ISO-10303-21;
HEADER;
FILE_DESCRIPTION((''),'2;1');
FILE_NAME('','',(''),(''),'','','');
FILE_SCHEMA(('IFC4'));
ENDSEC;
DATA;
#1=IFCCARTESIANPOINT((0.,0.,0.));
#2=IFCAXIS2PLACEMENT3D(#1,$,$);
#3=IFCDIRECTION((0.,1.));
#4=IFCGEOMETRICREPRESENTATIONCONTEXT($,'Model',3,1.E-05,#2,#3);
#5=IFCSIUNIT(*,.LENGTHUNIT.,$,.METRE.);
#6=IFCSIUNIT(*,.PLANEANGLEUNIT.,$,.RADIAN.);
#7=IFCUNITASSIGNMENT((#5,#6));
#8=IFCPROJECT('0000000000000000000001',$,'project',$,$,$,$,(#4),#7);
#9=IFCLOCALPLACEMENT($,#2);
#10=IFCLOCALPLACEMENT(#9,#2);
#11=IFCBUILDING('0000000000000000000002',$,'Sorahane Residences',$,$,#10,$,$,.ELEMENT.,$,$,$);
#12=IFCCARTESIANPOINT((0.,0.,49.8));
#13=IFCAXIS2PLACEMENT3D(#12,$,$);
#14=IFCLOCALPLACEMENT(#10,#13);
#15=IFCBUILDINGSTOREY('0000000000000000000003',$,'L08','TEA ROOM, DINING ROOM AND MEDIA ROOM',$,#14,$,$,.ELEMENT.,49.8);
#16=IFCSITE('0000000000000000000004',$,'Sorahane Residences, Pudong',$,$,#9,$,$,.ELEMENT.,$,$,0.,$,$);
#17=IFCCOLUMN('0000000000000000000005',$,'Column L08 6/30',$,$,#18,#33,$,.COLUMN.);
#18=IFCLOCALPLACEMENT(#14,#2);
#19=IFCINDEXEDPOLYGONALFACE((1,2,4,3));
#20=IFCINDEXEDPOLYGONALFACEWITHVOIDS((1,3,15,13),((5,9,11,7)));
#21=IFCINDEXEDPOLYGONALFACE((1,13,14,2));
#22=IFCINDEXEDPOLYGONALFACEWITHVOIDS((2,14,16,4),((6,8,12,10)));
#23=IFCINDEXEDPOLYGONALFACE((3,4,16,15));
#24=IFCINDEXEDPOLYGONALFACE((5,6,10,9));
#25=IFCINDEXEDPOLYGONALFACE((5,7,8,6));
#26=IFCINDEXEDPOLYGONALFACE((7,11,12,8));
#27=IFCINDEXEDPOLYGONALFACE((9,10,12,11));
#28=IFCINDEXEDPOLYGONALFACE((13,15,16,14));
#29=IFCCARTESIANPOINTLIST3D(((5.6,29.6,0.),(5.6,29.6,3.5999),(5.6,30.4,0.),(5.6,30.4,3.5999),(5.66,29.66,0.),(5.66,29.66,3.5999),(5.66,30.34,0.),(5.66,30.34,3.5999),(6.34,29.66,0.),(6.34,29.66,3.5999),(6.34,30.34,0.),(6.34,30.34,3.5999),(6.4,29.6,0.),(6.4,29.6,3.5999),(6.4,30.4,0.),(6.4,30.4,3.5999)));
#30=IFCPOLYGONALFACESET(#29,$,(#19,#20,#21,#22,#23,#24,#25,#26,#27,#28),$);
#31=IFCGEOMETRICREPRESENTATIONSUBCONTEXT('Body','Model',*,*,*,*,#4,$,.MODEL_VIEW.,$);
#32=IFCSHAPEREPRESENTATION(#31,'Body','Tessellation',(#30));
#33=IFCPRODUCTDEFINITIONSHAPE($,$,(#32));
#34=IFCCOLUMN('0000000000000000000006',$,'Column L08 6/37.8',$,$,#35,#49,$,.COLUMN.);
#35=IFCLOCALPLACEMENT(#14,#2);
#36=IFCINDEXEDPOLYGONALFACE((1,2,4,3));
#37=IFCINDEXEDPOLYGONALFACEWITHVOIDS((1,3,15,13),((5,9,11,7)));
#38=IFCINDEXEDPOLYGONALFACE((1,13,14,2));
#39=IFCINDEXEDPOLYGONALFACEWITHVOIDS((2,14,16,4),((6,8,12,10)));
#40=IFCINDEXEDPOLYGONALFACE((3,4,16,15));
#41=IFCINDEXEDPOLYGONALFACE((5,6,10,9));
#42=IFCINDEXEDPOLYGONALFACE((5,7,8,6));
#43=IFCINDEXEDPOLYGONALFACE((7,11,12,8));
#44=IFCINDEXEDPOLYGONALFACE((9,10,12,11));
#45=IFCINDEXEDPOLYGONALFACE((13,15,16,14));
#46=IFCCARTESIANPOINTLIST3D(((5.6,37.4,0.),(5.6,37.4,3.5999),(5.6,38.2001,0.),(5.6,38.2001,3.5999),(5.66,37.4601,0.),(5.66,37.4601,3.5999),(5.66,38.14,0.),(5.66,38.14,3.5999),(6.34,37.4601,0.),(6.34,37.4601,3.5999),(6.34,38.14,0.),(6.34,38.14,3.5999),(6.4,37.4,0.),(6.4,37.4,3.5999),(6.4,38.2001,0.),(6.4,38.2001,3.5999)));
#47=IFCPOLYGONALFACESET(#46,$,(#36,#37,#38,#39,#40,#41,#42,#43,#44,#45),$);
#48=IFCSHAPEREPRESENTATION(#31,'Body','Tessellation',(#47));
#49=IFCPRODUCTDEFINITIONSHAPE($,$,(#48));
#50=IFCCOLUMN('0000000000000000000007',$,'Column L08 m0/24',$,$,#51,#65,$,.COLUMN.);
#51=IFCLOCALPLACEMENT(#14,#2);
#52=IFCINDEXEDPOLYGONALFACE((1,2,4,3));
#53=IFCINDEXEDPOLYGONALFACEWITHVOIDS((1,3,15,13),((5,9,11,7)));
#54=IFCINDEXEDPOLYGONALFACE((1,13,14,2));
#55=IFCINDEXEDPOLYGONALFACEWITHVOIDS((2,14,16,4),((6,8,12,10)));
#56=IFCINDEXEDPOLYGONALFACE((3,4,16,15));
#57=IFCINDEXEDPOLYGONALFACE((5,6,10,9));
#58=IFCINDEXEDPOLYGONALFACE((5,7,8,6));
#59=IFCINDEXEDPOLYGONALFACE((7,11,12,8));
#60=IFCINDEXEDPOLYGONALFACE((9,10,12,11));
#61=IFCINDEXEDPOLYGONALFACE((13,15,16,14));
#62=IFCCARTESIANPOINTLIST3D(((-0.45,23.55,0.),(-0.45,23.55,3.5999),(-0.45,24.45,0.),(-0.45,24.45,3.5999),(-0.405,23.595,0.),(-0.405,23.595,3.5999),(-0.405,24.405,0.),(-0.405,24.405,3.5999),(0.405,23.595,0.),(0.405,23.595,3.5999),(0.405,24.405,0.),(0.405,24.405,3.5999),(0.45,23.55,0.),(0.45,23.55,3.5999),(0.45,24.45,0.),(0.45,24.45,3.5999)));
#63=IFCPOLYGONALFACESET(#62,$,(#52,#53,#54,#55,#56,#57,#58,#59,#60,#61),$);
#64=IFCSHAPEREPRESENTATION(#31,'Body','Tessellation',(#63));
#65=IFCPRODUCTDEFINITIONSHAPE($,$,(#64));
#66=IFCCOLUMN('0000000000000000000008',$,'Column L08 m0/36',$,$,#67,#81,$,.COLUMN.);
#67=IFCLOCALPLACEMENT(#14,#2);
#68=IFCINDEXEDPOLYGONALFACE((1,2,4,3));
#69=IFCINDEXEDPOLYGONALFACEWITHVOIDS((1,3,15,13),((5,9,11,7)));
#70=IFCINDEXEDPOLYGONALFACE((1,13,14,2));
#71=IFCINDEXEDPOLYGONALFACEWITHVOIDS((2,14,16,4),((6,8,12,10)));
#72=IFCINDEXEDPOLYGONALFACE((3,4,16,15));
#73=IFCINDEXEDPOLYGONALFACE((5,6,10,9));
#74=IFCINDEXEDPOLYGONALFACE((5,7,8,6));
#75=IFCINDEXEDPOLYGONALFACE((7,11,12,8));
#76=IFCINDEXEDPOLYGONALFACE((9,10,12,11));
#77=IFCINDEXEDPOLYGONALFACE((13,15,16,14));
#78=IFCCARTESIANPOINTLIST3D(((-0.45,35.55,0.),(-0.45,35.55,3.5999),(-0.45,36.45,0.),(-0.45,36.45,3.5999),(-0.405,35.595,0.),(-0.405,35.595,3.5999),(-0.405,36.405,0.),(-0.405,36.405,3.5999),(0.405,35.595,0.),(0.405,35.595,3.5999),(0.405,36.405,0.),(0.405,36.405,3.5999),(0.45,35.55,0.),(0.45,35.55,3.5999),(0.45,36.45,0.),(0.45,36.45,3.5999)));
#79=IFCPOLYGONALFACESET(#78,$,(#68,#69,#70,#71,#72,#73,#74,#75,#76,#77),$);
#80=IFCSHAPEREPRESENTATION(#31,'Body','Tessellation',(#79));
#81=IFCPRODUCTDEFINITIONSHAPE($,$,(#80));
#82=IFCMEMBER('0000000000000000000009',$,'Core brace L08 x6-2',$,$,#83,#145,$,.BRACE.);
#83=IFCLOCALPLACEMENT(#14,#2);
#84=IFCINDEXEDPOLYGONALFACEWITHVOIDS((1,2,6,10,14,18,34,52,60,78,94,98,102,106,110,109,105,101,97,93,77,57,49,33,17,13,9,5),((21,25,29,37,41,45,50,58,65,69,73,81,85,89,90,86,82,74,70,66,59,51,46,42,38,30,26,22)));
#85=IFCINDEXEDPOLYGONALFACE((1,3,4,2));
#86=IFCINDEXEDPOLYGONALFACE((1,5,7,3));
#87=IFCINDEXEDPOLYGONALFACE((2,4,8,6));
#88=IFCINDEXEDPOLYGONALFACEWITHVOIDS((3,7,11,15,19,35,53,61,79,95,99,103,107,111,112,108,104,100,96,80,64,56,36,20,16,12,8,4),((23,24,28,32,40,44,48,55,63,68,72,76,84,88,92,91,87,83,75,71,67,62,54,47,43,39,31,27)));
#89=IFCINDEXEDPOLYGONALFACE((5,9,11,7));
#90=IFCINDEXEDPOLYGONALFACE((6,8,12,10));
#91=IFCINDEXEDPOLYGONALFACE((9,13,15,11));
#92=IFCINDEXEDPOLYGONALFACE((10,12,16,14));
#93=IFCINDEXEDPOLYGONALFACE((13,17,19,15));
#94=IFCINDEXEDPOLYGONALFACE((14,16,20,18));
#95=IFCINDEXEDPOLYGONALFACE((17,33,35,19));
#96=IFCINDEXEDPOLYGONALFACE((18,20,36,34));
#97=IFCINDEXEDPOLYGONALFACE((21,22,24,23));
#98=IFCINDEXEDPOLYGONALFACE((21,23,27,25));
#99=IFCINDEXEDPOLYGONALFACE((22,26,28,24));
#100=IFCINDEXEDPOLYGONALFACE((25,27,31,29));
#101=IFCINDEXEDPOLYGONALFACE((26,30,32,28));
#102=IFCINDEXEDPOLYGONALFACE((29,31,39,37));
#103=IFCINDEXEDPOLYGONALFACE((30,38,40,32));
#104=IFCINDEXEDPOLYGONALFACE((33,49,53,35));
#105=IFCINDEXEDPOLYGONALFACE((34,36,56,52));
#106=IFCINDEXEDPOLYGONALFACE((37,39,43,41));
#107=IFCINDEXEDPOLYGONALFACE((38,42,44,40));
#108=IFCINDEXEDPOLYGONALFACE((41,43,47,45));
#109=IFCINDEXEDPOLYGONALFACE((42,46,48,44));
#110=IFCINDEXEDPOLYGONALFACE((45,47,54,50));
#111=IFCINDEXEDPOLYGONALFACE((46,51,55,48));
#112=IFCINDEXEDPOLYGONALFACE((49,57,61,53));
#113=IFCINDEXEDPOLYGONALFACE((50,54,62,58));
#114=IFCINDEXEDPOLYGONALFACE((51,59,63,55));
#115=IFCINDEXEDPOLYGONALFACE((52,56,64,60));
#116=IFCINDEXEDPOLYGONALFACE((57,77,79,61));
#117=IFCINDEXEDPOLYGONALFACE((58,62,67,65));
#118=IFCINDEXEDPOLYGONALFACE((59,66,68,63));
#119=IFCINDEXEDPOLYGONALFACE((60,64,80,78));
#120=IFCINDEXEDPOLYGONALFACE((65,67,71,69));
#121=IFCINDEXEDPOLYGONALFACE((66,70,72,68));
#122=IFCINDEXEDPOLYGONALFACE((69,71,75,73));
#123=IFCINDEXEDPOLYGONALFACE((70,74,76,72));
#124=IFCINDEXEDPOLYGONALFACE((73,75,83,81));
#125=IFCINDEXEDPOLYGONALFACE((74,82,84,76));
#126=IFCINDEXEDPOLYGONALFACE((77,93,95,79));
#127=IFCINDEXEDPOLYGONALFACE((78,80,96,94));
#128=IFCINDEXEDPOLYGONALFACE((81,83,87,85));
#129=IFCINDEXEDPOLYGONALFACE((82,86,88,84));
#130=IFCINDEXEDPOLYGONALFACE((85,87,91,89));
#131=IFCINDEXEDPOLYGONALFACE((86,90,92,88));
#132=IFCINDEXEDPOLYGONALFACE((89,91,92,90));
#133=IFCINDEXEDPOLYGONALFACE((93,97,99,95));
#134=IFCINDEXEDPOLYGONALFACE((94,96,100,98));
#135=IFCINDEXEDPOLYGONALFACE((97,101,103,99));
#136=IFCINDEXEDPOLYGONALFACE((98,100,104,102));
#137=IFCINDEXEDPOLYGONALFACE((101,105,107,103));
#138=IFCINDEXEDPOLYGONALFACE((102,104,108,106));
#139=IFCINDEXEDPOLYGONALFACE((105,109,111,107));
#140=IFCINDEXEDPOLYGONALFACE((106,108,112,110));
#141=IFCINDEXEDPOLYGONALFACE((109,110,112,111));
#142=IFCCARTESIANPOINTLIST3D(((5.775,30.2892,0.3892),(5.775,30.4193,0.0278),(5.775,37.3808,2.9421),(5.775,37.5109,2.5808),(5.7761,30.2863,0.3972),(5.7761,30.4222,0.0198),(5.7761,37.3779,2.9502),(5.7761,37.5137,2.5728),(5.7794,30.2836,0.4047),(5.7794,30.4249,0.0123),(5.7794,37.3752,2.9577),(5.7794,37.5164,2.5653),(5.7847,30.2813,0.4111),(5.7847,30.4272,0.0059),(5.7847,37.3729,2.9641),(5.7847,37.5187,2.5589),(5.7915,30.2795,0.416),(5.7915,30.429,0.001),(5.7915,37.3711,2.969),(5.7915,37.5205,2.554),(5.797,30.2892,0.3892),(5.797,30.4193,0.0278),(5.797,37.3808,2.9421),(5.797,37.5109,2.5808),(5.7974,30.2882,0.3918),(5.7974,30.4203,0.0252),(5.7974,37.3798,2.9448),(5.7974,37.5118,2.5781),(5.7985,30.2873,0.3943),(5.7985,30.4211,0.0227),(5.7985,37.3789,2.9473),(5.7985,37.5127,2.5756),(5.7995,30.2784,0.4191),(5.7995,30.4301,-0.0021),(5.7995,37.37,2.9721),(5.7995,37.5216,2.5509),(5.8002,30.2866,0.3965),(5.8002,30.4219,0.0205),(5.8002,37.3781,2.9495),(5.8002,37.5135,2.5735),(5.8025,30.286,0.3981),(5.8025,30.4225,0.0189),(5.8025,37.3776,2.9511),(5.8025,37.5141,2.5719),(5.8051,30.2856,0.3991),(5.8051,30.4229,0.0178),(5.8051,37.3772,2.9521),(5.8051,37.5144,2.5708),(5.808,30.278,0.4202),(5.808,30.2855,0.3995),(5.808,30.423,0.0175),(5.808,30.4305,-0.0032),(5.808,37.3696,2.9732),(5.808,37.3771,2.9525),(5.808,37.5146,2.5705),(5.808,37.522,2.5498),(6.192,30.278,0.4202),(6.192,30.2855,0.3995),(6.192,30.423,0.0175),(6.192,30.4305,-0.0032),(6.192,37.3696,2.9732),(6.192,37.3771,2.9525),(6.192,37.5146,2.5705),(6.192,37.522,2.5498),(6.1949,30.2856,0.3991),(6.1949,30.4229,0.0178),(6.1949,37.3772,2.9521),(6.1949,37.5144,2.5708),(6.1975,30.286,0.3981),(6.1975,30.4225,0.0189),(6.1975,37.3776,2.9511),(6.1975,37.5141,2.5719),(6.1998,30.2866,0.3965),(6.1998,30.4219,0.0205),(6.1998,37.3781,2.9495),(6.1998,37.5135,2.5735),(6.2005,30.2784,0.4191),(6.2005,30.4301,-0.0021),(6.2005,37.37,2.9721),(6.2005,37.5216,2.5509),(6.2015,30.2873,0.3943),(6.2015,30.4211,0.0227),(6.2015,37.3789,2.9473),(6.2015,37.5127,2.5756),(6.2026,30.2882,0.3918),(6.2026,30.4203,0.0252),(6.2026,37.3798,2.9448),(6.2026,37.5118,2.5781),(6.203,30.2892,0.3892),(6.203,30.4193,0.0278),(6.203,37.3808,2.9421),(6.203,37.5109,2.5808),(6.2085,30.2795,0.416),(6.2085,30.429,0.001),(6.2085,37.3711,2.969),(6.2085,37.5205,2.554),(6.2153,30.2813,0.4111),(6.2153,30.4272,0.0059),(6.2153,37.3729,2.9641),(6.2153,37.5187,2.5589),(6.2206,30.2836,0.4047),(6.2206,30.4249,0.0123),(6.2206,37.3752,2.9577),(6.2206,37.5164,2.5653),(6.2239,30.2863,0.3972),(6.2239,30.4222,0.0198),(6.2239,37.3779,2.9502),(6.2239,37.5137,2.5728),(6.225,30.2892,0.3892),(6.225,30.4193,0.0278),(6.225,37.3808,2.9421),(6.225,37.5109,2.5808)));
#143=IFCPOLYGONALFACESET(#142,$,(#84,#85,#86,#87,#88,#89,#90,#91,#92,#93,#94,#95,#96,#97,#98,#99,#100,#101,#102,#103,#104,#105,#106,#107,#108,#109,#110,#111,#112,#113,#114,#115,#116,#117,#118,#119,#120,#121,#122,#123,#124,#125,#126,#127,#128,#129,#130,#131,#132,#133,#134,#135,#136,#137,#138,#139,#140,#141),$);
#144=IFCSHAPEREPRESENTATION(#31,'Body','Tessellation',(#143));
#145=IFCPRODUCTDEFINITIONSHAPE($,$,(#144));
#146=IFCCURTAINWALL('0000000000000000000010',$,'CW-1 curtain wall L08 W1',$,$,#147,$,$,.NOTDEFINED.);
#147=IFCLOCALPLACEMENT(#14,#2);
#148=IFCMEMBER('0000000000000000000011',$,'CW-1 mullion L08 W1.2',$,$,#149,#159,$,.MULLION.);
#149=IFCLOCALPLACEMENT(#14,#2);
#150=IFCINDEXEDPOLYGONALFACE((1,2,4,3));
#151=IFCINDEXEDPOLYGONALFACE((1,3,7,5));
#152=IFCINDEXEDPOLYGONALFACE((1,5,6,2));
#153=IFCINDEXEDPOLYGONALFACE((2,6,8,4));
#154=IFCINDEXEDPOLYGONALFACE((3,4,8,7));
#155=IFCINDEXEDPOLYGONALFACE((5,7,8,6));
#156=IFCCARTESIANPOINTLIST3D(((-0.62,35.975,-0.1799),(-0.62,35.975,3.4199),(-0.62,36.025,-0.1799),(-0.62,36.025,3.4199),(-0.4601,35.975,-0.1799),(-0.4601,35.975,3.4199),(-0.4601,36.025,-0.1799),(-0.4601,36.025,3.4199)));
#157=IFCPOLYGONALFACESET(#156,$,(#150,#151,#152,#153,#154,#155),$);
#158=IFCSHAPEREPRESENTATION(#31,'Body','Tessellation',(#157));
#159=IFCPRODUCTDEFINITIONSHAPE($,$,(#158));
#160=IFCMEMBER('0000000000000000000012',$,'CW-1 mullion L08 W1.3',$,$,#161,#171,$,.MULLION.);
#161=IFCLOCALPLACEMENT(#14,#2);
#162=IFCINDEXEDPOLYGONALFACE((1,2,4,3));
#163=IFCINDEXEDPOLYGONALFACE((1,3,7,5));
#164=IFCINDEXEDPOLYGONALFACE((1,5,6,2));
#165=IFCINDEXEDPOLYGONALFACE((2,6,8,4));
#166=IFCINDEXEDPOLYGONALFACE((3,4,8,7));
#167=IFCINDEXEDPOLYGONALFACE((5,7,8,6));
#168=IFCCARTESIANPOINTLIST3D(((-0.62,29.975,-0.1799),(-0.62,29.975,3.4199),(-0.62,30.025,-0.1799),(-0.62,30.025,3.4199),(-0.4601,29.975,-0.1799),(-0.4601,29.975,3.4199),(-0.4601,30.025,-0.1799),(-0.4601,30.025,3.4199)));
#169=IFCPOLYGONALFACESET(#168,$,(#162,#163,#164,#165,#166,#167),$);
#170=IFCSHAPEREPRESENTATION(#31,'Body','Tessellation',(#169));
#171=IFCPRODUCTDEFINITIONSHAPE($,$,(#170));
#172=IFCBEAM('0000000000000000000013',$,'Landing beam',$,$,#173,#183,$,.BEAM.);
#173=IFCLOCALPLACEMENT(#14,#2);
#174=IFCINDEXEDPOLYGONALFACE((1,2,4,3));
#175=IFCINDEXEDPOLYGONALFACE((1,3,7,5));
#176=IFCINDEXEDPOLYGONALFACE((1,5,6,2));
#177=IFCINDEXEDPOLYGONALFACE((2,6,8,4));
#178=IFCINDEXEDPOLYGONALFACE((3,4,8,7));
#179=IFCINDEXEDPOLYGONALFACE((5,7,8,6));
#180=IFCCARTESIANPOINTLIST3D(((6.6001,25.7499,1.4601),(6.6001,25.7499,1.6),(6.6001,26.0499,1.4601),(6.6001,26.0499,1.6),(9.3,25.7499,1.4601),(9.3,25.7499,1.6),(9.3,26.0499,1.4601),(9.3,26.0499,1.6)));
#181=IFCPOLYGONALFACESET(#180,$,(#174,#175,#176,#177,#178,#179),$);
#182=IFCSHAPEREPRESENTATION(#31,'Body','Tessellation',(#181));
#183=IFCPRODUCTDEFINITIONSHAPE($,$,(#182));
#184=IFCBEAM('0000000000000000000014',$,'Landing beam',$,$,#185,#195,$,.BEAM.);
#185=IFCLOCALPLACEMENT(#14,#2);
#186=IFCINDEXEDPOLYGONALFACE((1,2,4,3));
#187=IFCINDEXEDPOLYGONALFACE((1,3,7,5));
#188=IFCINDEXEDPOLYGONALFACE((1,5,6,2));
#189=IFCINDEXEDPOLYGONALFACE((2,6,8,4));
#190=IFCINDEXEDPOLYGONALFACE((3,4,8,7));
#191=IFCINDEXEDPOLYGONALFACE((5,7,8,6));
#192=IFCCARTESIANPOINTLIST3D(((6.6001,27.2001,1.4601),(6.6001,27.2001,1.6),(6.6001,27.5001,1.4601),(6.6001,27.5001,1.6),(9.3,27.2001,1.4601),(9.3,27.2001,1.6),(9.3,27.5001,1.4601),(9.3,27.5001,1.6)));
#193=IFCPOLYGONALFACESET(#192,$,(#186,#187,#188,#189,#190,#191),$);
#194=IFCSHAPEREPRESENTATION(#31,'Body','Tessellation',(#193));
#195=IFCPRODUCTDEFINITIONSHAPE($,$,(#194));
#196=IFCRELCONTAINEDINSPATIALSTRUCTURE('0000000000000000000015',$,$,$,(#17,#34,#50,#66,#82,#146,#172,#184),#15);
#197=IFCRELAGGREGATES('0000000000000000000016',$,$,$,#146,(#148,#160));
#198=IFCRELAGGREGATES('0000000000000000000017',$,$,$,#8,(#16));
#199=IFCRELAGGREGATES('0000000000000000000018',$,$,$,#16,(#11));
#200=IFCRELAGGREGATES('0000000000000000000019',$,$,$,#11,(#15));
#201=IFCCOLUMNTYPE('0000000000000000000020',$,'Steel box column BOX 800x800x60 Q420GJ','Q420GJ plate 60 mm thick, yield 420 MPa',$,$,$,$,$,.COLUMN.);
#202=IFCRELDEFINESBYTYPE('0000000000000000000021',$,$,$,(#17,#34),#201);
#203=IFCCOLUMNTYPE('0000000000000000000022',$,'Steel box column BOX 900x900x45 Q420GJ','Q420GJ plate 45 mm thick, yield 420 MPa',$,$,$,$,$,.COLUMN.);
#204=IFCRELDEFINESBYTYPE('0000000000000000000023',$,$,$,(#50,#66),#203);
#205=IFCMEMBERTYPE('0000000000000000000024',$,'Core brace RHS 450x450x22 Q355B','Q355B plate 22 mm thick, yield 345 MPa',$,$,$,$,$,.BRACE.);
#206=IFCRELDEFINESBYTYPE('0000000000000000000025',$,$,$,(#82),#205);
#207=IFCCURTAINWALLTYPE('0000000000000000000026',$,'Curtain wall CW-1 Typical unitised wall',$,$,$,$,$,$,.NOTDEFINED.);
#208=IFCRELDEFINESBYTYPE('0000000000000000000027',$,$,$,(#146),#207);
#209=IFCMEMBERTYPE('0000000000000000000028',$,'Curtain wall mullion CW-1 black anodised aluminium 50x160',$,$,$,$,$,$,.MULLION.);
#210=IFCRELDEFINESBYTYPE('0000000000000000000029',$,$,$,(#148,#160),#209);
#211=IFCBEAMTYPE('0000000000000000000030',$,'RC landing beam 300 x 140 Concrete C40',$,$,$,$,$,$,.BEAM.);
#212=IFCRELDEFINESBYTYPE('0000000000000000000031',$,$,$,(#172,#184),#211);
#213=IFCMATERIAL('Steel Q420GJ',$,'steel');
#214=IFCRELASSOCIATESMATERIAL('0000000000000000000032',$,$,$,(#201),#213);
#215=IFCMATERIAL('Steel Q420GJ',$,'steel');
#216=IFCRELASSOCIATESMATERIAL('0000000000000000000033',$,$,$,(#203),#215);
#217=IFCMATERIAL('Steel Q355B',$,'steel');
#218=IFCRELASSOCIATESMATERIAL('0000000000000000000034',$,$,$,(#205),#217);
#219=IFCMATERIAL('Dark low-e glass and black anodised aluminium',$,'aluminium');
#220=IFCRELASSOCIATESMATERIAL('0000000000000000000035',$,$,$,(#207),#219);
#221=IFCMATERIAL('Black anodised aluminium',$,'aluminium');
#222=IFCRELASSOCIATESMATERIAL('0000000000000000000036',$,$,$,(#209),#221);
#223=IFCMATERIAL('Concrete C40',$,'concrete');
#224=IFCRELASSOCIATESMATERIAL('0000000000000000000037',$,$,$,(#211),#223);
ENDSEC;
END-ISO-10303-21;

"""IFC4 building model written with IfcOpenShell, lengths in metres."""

from ifc_helpers import new_model, si_unit, direction, frame, origin, origin_2d, place, context, subcontext, project, spatial, rectangle, hollow_rectangle, extrude, material, material_profile, profile_set, type_object, element, aggregate, save


model = new_model("IFC4")

# Units and contexts
model_context = context("Model", 3, precision=1e-05, world=origin(), true_north=direction((0.0, 1.0)))
body_context = subcontext(model_context, "Body", "Model", "MODEL_VIEW")
ifc_project = project(units=[si_unit("LENGTHUNIT", "METRE"), si_unit("PLANEANGLEUNIT", "RADIAN")], contexts=[model_context])

# Site, building, storey
site_placement = place(None, origin())
site = spatial("IfcSite", under=ifc_project, at=site_placement, Name="Sorahane Residences, Pudong", CompositionType="ELEMENT", RefElevation=0.0)
building_placement = place(site_placement, origin())
building = spatial("IfcBuilding", under=site, at=building_placement, Name="Sorahane Residences", CompositionType="ELEMENT")
storey_placement = place(building_placement, frame((0.0, 0.0, 49.8)))
storey = spatial("IfcBuildingStorey", under=building, at=storey_placement, Name="L08", Description="TEA ROOM, DINING ROOM AND MEDIA ROOM", CompositionType="ELEMENT", Elevation=49.8)

# Columns
ifc_material_1 = material(Name="Steel Q420GJ", Category="steel")
ifc_material_profile_1 = material_profile(ifc_material_1, hollow_rectangle(XDim=0.8, YDim=0.8, WallThickness=0.0601, at=origin_2d()), Name="BOX 800x800x60")
ifc_profile_set_1 = profile_set([ifc_material_profile_1], Name="Steel Q420GJ")
column_type_1 = type_object("IfcColumnType", Name="Steel box column BOX 800x800x60 Q420GJ", Description="Q420GJ plate 60 mm thick, yield 420 MPa", PredefinedType="COLUMN", material=ifc_profile_set_1)
for number, where, z_axis, x_axis, name in (
    (1, (6.0, 30.0, 0.0), (0.0, 0.0, 1.0), (1.0, 0.0, 0.0), "Column L08 6/30"),
    (2, (6.0, 37.8, 0.0), (0.0, 0.0, 1.0), (1.0, 0.0, 0.0), "Column L08 6/37.8"),
):
    element("IfcColumn", number, at=place(storey_placement, frame(where, z_axis=z_axis, x_axis=x_axis)), inside=storey, type_object=column_type_1, Name=name, PredefinedType="COLUMN", context=body_context, shape_type="SweptSolid", body=[
        extrude(hollow_rectangle(XDim=0.8, YDim=0.8, WallThickness=0.0601, at=origin_2d()), origin(), (0.0, 0.0, 1.0), 3.5999),
    ])
ifc_material_2 = material(Name="Steel Q420GJ", Category="steel")
ifc_material_profile_2 = material_profile(ifc_material_2, hollow_rectangle(XDim=0.8999, YDim=0.8999, WallThickness=0.0449, at=origin_2d()), Name="BOX 900x900x45")
ifc_profile_set_2 = profile_set([ifc_material_profile_2], Name="Steel Q420GJ")
column_type_2 = type_object("IfcColumnType", Name="Steel box column BOX 900x900x45 Q420GJ", Description="Q420GJ plate 45 mm thick, yield 420 MPa", PredefinedType="COLUMN", material=ifc_profile_set_2)
for number, where, z_axis, x_axis, name in (
    (3, (0.0, 24.0, 0.0), (0.0, 0.0, 1.0), (1.0, 0.0, 0.0), "Column L08 m0/24"),
    (4, (0.0, 36.0, 0.0), (0.0, 0.0, 1.0), (1.0, 0.0, 0.0), "Column L08 m0/36"),
):
    element("IfcColumn", number, at=place(storey_placement, frame(where, z_axis=z_axis, x_axis=x_axis)), inside=storey, type_object=column_type_2, Name=name, PredefinedType="COLUMN", context=body_context, shape_type="SweptSolid", body=[
        extrude(hollow_rectangle(XDim=0.8999, YDim=0.8999, WallThickness=0.0449, at=origin_2d()), origin(), (0.0, 0.0, 1.0), 3.5999),
    ])

# Member
ifc_material_3 = material(Name="Steel Q355B", Category="steel")
ifc_material_profile_3 = material_profile(ifc_material_3, hollow_rectangle(XDim=0.45, YDim=0.45, WallThickness=0.022, InnerFilletRadius=0.011, OuterFilletRadius=0.033, at=origin_2d()), Name="RHS 450x450x22")
ifc_profile_set_3 = profile_set([ifc_material_profile_3], Name="Steel Q355B")
member_type_1 = type_object("IfcMemberType", Name="Core brace RHS 450x450x22 Q355B", Description="Q355B plate 22 mm thick, yield 345 MPa", PredefinedType="BRACE", material=ifc_profile_set_3)
member_1_placement = place(storey_placement, frame((6.0, 30.3542, 0.2085), z_axis=(0.0, 0.940887, 0.338722), x_axis=(-1.0, 0.0, 0.0)))
element("IfcMember", 5, at=member_1_placement, inside=storey, type_object=member_type_1, Name="Core brace L08 x6-2", PredefinedType="BRACE", context=body_context, shape_type="SweptSolid", body=[
    extrude(hollow_rectangle(XDim=0.45, YDim=0.45, WallThickness=0.022, InnerFilletRadius=0.011, OuterFilletRadius=0.033, at=origin_2d()), origin(), (0.0, 0.0, 1.0), 7.5371),
])

# Curtain wall, members
ifc_material_4 = material(Name="Dark low-e glass and black anodised aluminium", Category="aluminium")
curtain_wall_type = type_object("IfcCurtainWallType", Name="Curtain wall CW-1 Typical unitised wall", PredefinedType="NOTDEFINED", material=ifc_material_4)
curtain_wall_placement = place(storey_placement, origin())
curtain_wall = element("IfcCurtainWall", 6, at=curtain_wall_placement, inside=storey, type_object=curtain_wall_type, Name="CW-1 curtain wall L08 W1", PredefinedType="NOTDEFINED")
ifc_material_5 = material(Name="Black anodised aluminium", Category="aluminium")
ifc_material_profile_4 = material_profile(ifc_material_5, rectangle(XDim=0.1599, YDim=0.05, at=origin_2d()), Name="Curtain wall mullion CW-1 black anodised aluminium 50x160")
ifc_profile_set_4 = profile_set([ifc_material_profile_4], Name="Black anodised aluminium")
member_type_2 = type_object("IfcMemberType", Name="Curtain wall mullion CW-1 black anodised aluminium 50x160", PredefinedType="MULLION", material=ifc_profile_set_4)
member_2_placement = place(storey_placement, frame((-0.54, 36.0, -0.1799), z_axis=(0.0, 0.0, 1.0), x_axis=(-1.0, 0.0, 0.0)))
member_2 = element("IfcMember", 7, at=member_2_placement, type_object=member_type_2, Name="CW-1 mullion L08 W1.2", PredefinedType="MULLION", context=body_context, shape_type="SweptSolid", body=[
    extrude(rectangle(XDim=0.1599, YDim=0.05, at=origin_2d()), origin(), (0.0, 0.0, 1.0), 3.5999),
])
member_3_placement = place(storey_placement, frame((-0.54, 30.0, -0.1799), z_axis=(0.0, 0.0, 1.0), x_axis=(-1.0, 0.0, 0.0)))
member_3 = element("IfcMember", 8, at=member_3_placement, type_object=member_type_2, Name="CW-1 mullion L08 W1.3", PredefinedType="MULLION", context=body_context, shape_type="SweptSolid", body=[
    extrude(rectangle(XDim=0.1599, YDim=0.05, at=origin_2d()), origin(), (0.0, 0.0, 1.0), 3.5999),
])

# Beams
ifc_material_6 = material(Name="Concrete C40", Category="concrete")
ifc_material_profile_5 = material_profile(ifc_material_6, rectangle(XDim=0.3, YDim=0.1399, at=origin_2d()), Name="300x140")
ifc_profile_set_5 = profile_set([ifc_material_profile_5], Name="Concrete C40")
beam_type_1 = type_object("IfcBeamType", Name="RC landing beam 300 x 140 Concrete C40", PredefinedType="BEAM", material=ifc_profile_set_5)
for number, where, z_axis, x_axis, name in (
    (9, (6.6001, 25.8999, 1.53), (1.0, 0.0, 0.0), (0.0, 1.0, 0.0), "Landing beam"),
    (10, (6.6001, 27.3501, 1.53), (1.0, 0.0, 0.0), (0.0, 1.0, 0.0), "Landing beam"),
):
    element("IfcBeam", number, at=place(storey_placement, frame(where, z_axis=z_axis, x_axis=x_axis)), inside=storey, type_object=beam_type_1, Name=name, PredefinedType="BEAM", context=body_context, shape_type="SweptSolid", body=[
        extrude(rectangle(XDim=0.3, YDim=0.1399, at=origin_2d()), origin(), (0.0, 0.0, 1.0), 2.7),
    ])

aggregate(curtain_wall, [member_2, member_3])

save(model, "model.ifc")
